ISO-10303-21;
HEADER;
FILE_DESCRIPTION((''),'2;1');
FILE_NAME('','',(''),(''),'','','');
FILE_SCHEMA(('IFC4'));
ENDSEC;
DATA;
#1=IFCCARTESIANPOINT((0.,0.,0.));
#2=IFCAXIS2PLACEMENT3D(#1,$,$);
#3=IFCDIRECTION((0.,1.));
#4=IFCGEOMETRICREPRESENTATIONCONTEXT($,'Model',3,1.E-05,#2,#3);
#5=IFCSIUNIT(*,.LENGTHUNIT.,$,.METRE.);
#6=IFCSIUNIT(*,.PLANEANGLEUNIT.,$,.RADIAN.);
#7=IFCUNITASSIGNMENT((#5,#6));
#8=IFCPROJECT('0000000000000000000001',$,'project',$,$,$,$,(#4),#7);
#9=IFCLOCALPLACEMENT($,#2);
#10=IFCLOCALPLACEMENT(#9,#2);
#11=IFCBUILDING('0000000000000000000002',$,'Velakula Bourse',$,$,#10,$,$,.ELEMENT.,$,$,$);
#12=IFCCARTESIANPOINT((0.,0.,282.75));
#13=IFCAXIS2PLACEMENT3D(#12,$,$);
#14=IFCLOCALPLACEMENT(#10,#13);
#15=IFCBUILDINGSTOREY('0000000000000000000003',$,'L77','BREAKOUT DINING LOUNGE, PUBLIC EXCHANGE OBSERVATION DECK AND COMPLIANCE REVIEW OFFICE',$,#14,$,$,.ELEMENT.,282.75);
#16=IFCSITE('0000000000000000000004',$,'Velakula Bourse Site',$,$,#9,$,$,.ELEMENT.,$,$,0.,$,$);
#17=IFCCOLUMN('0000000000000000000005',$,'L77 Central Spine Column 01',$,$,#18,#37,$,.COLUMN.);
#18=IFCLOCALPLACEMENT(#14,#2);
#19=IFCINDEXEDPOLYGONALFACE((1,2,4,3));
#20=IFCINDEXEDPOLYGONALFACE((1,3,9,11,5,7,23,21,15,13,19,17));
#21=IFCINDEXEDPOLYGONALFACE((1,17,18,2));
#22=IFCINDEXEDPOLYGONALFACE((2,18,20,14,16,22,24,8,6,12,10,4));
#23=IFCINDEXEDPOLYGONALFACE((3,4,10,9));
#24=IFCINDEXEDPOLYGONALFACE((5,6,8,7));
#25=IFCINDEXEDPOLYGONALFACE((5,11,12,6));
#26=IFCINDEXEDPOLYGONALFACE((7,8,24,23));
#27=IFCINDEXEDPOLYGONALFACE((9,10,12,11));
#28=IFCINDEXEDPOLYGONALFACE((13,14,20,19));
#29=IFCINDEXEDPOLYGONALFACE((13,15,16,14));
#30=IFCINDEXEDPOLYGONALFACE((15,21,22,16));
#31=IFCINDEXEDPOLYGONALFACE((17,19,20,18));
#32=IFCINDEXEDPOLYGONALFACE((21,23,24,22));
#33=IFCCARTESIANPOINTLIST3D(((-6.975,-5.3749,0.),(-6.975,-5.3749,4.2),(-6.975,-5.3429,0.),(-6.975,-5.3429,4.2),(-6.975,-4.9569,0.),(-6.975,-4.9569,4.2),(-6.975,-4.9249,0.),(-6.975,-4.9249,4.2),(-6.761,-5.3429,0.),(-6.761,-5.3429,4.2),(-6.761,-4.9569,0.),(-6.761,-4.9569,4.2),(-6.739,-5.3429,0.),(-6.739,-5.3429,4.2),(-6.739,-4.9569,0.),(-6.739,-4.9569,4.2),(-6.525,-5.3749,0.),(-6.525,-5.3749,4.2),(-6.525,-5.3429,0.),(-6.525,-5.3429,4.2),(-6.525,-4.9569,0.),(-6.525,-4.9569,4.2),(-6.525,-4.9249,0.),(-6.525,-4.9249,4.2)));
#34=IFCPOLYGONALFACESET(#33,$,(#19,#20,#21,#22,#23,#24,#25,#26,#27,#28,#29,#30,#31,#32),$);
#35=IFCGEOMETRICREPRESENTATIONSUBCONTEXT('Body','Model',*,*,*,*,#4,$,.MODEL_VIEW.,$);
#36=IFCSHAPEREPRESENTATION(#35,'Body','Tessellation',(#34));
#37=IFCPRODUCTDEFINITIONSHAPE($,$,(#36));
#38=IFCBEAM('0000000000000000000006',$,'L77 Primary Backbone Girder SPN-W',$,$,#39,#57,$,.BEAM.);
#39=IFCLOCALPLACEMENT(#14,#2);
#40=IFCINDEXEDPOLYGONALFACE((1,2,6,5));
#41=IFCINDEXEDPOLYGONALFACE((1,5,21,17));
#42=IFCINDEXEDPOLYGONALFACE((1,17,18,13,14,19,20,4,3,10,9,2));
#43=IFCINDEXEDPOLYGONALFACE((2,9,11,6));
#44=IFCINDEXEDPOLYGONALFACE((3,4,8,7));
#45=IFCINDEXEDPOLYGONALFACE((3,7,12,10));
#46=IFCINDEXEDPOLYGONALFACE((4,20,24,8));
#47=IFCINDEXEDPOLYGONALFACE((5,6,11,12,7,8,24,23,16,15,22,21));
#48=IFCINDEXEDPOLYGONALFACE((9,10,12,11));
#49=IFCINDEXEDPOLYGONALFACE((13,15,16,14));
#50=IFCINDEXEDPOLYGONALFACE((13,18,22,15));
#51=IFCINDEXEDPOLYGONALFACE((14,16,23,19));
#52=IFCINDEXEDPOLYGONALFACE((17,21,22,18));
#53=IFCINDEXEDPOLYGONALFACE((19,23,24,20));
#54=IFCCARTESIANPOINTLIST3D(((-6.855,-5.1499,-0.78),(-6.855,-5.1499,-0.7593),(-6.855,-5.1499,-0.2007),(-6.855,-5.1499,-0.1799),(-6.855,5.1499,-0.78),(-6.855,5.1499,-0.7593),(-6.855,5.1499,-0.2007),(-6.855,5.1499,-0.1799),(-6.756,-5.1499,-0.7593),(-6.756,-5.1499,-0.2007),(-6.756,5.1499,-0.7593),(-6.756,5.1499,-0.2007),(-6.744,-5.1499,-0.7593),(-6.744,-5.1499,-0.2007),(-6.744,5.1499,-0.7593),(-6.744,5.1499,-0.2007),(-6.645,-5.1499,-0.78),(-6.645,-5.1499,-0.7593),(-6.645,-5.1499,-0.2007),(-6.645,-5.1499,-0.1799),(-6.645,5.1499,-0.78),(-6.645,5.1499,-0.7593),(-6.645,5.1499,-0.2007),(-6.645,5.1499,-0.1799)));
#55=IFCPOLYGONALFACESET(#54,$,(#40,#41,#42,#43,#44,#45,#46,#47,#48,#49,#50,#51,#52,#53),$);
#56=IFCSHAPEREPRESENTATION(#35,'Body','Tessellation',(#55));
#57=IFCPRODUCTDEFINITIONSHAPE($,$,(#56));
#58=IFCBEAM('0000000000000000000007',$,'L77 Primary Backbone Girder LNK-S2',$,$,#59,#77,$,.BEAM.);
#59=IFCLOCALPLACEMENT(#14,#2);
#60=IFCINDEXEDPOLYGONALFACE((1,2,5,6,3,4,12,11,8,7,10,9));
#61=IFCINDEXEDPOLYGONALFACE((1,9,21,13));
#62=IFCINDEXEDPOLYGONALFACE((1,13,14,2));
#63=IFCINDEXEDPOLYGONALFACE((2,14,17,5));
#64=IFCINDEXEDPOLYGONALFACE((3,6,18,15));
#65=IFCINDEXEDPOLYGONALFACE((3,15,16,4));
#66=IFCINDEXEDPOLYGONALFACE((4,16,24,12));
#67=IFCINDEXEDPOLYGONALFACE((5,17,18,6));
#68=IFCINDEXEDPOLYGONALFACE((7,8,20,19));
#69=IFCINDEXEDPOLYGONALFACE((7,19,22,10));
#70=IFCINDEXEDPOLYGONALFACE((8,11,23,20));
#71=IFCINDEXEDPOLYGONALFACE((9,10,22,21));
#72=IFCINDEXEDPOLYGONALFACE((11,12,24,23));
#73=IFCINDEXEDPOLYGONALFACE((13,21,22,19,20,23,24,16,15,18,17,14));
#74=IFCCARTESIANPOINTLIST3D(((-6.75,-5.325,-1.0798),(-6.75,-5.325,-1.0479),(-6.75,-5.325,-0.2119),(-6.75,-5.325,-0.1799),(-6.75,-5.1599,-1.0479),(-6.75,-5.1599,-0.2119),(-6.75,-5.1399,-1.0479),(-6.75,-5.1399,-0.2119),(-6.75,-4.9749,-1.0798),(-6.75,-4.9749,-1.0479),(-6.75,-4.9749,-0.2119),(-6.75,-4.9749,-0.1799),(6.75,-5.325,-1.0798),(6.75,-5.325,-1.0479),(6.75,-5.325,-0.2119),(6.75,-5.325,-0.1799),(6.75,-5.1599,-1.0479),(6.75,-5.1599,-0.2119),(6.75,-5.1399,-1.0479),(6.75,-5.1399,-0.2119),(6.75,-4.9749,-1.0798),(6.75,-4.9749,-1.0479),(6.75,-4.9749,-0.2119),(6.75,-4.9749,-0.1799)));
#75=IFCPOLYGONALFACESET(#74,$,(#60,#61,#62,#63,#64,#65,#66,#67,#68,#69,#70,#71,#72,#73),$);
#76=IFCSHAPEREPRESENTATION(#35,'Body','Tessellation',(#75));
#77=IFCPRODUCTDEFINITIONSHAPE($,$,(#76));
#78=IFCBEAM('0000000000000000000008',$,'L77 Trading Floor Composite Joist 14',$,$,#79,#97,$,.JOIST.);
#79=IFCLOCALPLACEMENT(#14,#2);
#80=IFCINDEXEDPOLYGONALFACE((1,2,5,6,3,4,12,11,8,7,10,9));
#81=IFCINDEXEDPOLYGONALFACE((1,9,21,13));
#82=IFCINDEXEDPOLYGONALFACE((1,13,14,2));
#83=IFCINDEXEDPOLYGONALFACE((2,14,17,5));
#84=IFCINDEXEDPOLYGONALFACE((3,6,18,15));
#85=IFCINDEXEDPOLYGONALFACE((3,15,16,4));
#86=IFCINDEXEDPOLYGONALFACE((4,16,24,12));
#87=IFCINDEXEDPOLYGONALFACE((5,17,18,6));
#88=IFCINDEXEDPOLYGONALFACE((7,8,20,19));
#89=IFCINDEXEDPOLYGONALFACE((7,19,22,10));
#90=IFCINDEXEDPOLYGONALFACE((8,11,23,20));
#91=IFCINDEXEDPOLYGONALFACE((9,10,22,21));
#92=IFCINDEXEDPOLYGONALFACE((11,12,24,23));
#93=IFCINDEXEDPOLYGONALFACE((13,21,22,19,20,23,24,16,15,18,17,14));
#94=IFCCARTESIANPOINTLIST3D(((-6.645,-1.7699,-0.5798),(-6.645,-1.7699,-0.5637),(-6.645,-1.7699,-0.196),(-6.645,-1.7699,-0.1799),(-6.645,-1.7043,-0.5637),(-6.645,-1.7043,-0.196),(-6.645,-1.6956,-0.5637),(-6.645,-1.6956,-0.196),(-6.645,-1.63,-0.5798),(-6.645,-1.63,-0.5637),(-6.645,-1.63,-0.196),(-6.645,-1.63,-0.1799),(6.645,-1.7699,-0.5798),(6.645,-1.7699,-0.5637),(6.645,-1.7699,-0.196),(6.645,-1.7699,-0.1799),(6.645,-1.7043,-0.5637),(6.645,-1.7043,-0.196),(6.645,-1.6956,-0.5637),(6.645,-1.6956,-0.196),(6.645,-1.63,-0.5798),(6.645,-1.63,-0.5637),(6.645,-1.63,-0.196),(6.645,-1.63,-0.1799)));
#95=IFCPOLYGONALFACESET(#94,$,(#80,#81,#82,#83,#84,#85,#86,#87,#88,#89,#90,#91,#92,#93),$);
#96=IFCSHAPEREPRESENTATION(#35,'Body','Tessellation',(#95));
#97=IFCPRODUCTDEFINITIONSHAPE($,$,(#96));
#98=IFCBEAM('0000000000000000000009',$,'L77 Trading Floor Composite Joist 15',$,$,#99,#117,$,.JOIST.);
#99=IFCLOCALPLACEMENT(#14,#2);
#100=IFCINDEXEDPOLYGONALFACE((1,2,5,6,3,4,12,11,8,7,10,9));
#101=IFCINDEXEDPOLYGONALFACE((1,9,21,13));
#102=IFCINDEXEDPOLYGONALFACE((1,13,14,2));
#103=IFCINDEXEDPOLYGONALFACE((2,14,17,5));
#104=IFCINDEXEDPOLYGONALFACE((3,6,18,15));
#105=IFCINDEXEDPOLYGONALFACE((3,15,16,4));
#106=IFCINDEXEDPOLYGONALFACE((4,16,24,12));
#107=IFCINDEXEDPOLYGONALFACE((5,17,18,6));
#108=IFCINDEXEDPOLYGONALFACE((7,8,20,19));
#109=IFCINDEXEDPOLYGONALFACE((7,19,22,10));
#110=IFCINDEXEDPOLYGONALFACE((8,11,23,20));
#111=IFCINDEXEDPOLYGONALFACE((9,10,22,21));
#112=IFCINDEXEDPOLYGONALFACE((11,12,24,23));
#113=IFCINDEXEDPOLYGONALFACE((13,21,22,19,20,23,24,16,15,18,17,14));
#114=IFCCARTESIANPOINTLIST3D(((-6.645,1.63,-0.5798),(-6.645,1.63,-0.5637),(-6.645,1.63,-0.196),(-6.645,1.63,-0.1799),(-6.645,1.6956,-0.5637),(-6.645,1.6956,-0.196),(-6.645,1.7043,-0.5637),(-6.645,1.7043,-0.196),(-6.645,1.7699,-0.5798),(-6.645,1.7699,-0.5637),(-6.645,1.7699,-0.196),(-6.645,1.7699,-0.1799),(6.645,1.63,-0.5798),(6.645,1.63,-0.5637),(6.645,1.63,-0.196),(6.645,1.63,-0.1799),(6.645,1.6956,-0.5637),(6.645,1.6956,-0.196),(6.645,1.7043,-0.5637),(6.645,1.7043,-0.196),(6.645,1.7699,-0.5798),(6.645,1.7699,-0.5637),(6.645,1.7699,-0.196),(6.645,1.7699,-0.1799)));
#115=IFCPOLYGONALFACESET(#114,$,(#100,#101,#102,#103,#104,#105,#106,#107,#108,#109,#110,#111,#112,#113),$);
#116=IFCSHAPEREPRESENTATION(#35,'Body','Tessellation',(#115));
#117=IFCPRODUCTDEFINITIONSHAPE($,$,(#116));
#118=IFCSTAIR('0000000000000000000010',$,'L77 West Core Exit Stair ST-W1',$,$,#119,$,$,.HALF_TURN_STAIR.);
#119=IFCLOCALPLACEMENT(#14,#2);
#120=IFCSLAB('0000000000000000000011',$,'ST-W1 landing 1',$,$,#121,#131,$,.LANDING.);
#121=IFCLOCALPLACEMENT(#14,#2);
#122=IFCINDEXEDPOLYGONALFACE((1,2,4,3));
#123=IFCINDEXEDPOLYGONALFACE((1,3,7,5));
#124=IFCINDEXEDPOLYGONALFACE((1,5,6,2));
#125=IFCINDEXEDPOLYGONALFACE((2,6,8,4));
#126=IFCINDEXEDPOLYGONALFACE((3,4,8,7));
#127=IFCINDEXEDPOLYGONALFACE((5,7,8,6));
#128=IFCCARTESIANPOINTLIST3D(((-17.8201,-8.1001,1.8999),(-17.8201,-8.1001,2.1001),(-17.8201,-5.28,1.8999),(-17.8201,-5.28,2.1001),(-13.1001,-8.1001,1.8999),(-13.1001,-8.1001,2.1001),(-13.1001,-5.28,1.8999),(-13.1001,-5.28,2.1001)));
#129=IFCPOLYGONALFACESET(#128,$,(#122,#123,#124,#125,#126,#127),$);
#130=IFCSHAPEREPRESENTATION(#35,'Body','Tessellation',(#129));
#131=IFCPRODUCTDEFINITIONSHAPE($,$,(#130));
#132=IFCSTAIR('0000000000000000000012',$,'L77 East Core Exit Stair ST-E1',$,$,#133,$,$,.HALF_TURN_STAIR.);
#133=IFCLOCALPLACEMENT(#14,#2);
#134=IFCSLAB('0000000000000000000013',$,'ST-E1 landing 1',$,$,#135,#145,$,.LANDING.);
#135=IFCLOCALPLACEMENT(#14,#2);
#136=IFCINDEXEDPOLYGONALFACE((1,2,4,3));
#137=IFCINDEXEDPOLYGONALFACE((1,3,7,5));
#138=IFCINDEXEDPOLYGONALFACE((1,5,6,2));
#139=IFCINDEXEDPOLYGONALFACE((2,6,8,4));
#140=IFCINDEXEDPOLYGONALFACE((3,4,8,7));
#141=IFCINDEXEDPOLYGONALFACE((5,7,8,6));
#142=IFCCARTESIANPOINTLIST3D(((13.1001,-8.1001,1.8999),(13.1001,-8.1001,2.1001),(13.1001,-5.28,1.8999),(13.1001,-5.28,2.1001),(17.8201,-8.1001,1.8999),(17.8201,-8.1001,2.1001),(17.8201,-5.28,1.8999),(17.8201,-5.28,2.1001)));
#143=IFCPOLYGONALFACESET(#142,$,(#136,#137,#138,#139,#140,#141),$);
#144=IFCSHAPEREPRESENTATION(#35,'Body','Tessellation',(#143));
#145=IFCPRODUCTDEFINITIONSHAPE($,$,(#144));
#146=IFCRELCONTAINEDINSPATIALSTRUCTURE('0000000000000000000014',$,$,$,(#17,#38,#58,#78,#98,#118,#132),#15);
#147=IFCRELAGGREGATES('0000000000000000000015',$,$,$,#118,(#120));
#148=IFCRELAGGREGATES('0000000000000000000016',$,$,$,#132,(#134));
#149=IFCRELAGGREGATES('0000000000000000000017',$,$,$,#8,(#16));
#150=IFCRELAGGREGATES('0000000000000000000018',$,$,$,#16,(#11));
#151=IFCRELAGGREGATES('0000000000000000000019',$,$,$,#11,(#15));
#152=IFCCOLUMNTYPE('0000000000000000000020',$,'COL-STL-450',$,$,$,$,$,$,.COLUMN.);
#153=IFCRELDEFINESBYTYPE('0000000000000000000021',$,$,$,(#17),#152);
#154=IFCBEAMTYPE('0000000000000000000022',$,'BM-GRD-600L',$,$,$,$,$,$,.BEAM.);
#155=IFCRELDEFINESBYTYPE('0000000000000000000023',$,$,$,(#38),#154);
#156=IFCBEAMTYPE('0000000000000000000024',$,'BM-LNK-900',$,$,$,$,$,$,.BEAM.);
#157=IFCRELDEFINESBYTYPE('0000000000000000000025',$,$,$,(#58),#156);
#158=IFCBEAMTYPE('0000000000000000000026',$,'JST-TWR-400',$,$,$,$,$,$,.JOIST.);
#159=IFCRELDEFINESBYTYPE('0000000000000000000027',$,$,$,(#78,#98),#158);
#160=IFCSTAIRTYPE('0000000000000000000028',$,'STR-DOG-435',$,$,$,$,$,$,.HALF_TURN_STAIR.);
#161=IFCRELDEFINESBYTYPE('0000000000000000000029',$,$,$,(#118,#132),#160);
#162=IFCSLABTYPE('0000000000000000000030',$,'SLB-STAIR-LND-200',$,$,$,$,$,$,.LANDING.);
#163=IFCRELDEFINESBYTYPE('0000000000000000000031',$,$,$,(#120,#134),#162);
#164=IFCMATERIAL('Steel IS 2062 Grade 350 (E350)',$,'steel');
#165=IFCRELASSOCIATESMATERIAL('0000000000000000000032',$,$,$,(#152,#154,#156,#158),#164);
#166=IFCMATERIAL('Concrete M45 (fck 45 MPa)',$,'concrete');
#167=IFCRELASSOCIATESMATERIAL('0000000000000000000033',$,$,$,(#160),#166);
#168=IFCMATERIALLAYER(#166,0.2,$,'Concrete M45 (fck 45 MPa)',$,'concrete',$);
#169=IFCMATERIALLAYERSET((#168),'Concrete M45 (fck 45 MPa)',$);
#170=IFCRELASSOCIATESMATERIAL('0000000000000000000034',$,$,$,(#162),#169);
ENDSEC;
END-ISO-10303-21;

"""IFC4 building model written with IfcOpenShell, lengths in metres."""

from ifc_helpers import new_model, si_unit, direction, frame, origin, origin_2d, place, context, subcontext, project, spatial, polyline, i_section, outline, extrude, material, layer, layer_set, material_profile, profile_set, type_object, element, aggregate, save


model = new_model("IFC4")

# Units and contexts
model_context = context("Model", 3, precision=1e-05, world=origin(), true_north=direction((0.0, 1.0)))
body_context = subcontext(model_context, "Body", "Model", "MODEL_VIEW")
ifc_project = project(units=[si_unit("LENGTHUNIT", "METRE"), si_unit("PLANEANGLEUNIT", "RADIAN")], contexts=[model_context])

# Site, building, storey
site_placement = place(None, origin())
site = spatial("IfcSite", under=ifc_project, at=site_placement, Name="Velakula Bourse Site", CompositionType="ELEMENT", RefElevation=0.0)
building_placement = place(site_placement, origin())
building = spatial("IfcBuilding", under=site, at=building_placement, Name="Velakula Bourse", CompositionType="ELEMENT")
storey_placement = place(building_placement, frame((0.0, 0.0, 282.75)))
storey = spatial("IfcBuildingStorey", under=building, at=storey_placement, Name="L77", Description="BREAKOUT DINING LOUNGE, PUBLIC EXCHANGE OBSERVATION DECK AND COMPLIANCE REVIEW OFFICE", CompositionType="ELEMENT", Elevation=282.75)

# Column
ifc_material_1 = material(Name="Steel IS 2062 Grade 350 (E350)", Category="steel")
ifc_material_profile_1 = material_profile(ifc_material_1, i_section(OverallWidth=0.45, OverallDepth=0.45, WebThickness=0.022, FlangeThickness=0.032, at=origin_2d()), Name="Steel IS 2062 Grade 350 (E350)")
ifc_profile_set_1 = profile_set([ifc_material_profile_1], Name="Steel IS 2062 Grade 350 (E350)")
column_type = type_object("IfcColumnType", Name="COL-STL-450", PredefinedType="COLUMN", material=ifc_profile_set_1)
column_placement = place(storey_placement, frame((-6.75, -5.1499, 0.0), z_axis=(0.0, 0.0, 1.0), x_axis=(1.0, 0.0, 0.0)))
element("IfcColumn", 1, at=column_placement, inside=storey, type_object=column_type, Name="L77 Central Spine Column 01", PredefinedType="COLUMN", context=body_context, shape_type="SweptSolid", body=[
    extrude(i_section(OverallWidth=0.45, OverallDepth=0.45, WebThickness=0.022, FlangeThickness=0.032, at=origin_2d()), origin(), (0.0, 0.0, 1.0), 4.2),
])

# Beams
ifc_material_profile_2 = material_profile(ifc_material_1, i_section(OverallWidth=0.21, OverallDepth=0.6001, WebThickness=0.012, FlangeThickness=0.0208, at=origin_2d()), Name="Steel IS 2062 Grade 350 (E350)")
ifc_profile_set_2 = profile_set([ifc_material_profile_2], Name="Steel IS 2062 Grade 350 (E350)")
beam_type_1 = type_object("IfcBeamType", Name="BM-GRD-600L", PredefinedType="BEAM", material=ifc_profile_set_2)
beam_1_placement = place(storey_placement, frame((-6.75, -5.1499, -0.48), z_axis=(0.0, 1.0, 0.0), x_axis=(-1.0, 0.0, 0.0)))
element("IfcBeam", 2, at=beam_1_placement, inside=storey, type_object=beam_type_1, Name="L77 Primary Backbone Girder SPN-W", PredefinedType="BEAM", context=body_context, shape_type="SweptSolid", body=[
    extrude(i_section(OverallWidth=0.21, OverallDepth=0.6001, WebThickness=0.012, FlangeThickness=0.0208, at=origin_2d()), origin(), (0.0, 0.0, 1.0), 10.2998),
])
ifc_material_profile_3 = material_profile(ifc_material_1, i_section(OverallWidth=0.3501, OverallDepth=0.8999, WebThickness=0.02, FlangeThickness=0.032, at=origin_2d()), Name="Steel IS 2062 Grade 350 (E350)")
ifc_profile_set_3 = profile_set([ifc_material_profile_3], Name="Steel IS 2062 Grade 350 (E350)")
beam_type_2 = type_object("IfcBeamType", Name="BM-LNK-900", PredefinedType="BEAM", material=ifc_profile_set_3)
beam_2_placement = place(storey_placement, frame((-6.75, -5.1499, -0.6299), z_axis=(1.0, 0.0, 0.0), x_axis=(0.0, 1.0, 0.0)))
element("IfcBeam", 3, at=beam_2_placement, inside=storey, type_object=beam_type_2, Name="L77 Primary Backbone Girder LNK-S2", PredefinedType="BEAM", context=body_context, shape_type="SweptSolid", body=[
    extrude(i_section(OverallWidth=0.3501, OverallDepth=0.8999, WebThickness=0.02, FlangeThickness=0.032, at=origin_2d()), origin(), (0.0, 0.0, 1.0), 13.5),
])
ifc_material_profile_4 = material_profile(ifc_material_1, i_section(OverallWidth=0.1399, OverallDepth=0.3999, WebThickness=0.0088, FlangeThickness=0.0161, at=origin_2d()), Name="Steel IS 2062 Grade 350 (E350)")
ifc_profile_set_4 = profile_set([ifc_material_profile_4], Name="Steel IS 2062 Grade 350 (E350)")
beam_type_3 = type_object("IfcBeamType", Name="JST-TWR-400", PredefinedType="JOIST", material=ifc_profile_set_4)
for number, where, z_axis, x_axis, name in (
    (4, (-6.645, -1.7, -0.3799), (1.0, 0.0, 0.0), (0.0, 1.0, 0.0), "L77 Trading Floor Composite Joist 14"),
    (5, (-6.645, 1.7, -0.3799), (1.0, 0.0, 0.0), (0.0, 1.0, 0.0), "L77 Trading Floor Composite Joist 15"),
):
    element("IfcBeam", number, at=place(storey_placement, frame(where, z_axis=z_axis, x_axis=x_axis)), inside=storey, type_object=beam_type_3, Name=name, PredefinedType="JOIST", context=body_context, shape_type="SweptSolid", body=[
        extrude(i_section(OverallWidth=0.1399, OverallDepth=0.3999, WebThickness=0.0088, FlangeThickness=0.0161, at=origin_2d()), origin(), (0.0, 0.0, 1.0), 13.29),
    ])

# Stairs, slabs
ifc_material_2 = material(Name="Concrete M45 (fck 45 MPa)", Category="concrete")
stair_type = type_object("IfcStairType", Name="STR-DOG-435", PredefinedType="HALF_TURN_STAIR", material=ifc_material_2)
stair_1_placement = place(storey_placement, origin())
stair_1 = element("IfcStair", 6, at=stair_1_placement, inside=storey, type_object=stair_type, Name="L77 West Core Exit Stair ST-W1", PredefinedType="HALF_TURN_STAIR")
ifc_layer_1 = layer(ifc_material_2, 0.2, Name="Concrete M45 (fck 45 MPa)", Category="concrete")
ifc_layer_set_1 = layer_set([ifc_layer_1], Name="Concrete M45 (fck 45 MPa)")
slab_type_1 = type_object("IfcSlabType", Name="SLB-STAIR-LND-200", PredefinedType="LANDING", material=ifc_layer_set_1)
slab_1_placement = place(storey_placement, frame((0.0, 0.0, 1.8999)))
slab_1 = element("IfcSlab", 7, at=slab_1_placement, type_object=slab_type_1, Name="ST-W1 landing 1", PredefinedType="LANDING", context=body_context, shape_type="SweptSolid", body=[
    extrude(outline(polyline([(-17.8201, -5.28), (-17.8201, -8.1001), (-13.1001, -8.1001), (-13.1001, -5.28), (-17.8201, -5.28)])), origin(), (0.0, 0.0, 1.0), 0.2002),
])
aggregate(stair_1, [slab_1])
stair_2_placement = place(storey_placement, origin())
stair_2 = element("IfcStair", 8, at=stair_2_placement, inside=storey, type_object=stair_type, Name="L77 East Core Exit Stair ST-E1", PredefinedType="HALF_TURN_STAIR")
slab_2_placement = place(storey_placement, frame((0.0, 0.0, 1.8999)))
slab_2 = element("IfcSlab", 9, at=slab_2_placement, type_object=slab_type_1, Name="ST-E1 landing 1", PredefinedType="LANDING", context=body_context, shape_type="SweptSolid", body=[
    extrude(outline(polyline([(13.1001, -5.28), (13.1001, -8.1001), (17.8201, -8.1001), (17.8201, -5.28), (13.1001, -5.28)])), origin(), (0.0, 0.0, 1.0), 0.2002),
])
aggregate(stair_2, [slab_2])

save(model, "model.ifc")
